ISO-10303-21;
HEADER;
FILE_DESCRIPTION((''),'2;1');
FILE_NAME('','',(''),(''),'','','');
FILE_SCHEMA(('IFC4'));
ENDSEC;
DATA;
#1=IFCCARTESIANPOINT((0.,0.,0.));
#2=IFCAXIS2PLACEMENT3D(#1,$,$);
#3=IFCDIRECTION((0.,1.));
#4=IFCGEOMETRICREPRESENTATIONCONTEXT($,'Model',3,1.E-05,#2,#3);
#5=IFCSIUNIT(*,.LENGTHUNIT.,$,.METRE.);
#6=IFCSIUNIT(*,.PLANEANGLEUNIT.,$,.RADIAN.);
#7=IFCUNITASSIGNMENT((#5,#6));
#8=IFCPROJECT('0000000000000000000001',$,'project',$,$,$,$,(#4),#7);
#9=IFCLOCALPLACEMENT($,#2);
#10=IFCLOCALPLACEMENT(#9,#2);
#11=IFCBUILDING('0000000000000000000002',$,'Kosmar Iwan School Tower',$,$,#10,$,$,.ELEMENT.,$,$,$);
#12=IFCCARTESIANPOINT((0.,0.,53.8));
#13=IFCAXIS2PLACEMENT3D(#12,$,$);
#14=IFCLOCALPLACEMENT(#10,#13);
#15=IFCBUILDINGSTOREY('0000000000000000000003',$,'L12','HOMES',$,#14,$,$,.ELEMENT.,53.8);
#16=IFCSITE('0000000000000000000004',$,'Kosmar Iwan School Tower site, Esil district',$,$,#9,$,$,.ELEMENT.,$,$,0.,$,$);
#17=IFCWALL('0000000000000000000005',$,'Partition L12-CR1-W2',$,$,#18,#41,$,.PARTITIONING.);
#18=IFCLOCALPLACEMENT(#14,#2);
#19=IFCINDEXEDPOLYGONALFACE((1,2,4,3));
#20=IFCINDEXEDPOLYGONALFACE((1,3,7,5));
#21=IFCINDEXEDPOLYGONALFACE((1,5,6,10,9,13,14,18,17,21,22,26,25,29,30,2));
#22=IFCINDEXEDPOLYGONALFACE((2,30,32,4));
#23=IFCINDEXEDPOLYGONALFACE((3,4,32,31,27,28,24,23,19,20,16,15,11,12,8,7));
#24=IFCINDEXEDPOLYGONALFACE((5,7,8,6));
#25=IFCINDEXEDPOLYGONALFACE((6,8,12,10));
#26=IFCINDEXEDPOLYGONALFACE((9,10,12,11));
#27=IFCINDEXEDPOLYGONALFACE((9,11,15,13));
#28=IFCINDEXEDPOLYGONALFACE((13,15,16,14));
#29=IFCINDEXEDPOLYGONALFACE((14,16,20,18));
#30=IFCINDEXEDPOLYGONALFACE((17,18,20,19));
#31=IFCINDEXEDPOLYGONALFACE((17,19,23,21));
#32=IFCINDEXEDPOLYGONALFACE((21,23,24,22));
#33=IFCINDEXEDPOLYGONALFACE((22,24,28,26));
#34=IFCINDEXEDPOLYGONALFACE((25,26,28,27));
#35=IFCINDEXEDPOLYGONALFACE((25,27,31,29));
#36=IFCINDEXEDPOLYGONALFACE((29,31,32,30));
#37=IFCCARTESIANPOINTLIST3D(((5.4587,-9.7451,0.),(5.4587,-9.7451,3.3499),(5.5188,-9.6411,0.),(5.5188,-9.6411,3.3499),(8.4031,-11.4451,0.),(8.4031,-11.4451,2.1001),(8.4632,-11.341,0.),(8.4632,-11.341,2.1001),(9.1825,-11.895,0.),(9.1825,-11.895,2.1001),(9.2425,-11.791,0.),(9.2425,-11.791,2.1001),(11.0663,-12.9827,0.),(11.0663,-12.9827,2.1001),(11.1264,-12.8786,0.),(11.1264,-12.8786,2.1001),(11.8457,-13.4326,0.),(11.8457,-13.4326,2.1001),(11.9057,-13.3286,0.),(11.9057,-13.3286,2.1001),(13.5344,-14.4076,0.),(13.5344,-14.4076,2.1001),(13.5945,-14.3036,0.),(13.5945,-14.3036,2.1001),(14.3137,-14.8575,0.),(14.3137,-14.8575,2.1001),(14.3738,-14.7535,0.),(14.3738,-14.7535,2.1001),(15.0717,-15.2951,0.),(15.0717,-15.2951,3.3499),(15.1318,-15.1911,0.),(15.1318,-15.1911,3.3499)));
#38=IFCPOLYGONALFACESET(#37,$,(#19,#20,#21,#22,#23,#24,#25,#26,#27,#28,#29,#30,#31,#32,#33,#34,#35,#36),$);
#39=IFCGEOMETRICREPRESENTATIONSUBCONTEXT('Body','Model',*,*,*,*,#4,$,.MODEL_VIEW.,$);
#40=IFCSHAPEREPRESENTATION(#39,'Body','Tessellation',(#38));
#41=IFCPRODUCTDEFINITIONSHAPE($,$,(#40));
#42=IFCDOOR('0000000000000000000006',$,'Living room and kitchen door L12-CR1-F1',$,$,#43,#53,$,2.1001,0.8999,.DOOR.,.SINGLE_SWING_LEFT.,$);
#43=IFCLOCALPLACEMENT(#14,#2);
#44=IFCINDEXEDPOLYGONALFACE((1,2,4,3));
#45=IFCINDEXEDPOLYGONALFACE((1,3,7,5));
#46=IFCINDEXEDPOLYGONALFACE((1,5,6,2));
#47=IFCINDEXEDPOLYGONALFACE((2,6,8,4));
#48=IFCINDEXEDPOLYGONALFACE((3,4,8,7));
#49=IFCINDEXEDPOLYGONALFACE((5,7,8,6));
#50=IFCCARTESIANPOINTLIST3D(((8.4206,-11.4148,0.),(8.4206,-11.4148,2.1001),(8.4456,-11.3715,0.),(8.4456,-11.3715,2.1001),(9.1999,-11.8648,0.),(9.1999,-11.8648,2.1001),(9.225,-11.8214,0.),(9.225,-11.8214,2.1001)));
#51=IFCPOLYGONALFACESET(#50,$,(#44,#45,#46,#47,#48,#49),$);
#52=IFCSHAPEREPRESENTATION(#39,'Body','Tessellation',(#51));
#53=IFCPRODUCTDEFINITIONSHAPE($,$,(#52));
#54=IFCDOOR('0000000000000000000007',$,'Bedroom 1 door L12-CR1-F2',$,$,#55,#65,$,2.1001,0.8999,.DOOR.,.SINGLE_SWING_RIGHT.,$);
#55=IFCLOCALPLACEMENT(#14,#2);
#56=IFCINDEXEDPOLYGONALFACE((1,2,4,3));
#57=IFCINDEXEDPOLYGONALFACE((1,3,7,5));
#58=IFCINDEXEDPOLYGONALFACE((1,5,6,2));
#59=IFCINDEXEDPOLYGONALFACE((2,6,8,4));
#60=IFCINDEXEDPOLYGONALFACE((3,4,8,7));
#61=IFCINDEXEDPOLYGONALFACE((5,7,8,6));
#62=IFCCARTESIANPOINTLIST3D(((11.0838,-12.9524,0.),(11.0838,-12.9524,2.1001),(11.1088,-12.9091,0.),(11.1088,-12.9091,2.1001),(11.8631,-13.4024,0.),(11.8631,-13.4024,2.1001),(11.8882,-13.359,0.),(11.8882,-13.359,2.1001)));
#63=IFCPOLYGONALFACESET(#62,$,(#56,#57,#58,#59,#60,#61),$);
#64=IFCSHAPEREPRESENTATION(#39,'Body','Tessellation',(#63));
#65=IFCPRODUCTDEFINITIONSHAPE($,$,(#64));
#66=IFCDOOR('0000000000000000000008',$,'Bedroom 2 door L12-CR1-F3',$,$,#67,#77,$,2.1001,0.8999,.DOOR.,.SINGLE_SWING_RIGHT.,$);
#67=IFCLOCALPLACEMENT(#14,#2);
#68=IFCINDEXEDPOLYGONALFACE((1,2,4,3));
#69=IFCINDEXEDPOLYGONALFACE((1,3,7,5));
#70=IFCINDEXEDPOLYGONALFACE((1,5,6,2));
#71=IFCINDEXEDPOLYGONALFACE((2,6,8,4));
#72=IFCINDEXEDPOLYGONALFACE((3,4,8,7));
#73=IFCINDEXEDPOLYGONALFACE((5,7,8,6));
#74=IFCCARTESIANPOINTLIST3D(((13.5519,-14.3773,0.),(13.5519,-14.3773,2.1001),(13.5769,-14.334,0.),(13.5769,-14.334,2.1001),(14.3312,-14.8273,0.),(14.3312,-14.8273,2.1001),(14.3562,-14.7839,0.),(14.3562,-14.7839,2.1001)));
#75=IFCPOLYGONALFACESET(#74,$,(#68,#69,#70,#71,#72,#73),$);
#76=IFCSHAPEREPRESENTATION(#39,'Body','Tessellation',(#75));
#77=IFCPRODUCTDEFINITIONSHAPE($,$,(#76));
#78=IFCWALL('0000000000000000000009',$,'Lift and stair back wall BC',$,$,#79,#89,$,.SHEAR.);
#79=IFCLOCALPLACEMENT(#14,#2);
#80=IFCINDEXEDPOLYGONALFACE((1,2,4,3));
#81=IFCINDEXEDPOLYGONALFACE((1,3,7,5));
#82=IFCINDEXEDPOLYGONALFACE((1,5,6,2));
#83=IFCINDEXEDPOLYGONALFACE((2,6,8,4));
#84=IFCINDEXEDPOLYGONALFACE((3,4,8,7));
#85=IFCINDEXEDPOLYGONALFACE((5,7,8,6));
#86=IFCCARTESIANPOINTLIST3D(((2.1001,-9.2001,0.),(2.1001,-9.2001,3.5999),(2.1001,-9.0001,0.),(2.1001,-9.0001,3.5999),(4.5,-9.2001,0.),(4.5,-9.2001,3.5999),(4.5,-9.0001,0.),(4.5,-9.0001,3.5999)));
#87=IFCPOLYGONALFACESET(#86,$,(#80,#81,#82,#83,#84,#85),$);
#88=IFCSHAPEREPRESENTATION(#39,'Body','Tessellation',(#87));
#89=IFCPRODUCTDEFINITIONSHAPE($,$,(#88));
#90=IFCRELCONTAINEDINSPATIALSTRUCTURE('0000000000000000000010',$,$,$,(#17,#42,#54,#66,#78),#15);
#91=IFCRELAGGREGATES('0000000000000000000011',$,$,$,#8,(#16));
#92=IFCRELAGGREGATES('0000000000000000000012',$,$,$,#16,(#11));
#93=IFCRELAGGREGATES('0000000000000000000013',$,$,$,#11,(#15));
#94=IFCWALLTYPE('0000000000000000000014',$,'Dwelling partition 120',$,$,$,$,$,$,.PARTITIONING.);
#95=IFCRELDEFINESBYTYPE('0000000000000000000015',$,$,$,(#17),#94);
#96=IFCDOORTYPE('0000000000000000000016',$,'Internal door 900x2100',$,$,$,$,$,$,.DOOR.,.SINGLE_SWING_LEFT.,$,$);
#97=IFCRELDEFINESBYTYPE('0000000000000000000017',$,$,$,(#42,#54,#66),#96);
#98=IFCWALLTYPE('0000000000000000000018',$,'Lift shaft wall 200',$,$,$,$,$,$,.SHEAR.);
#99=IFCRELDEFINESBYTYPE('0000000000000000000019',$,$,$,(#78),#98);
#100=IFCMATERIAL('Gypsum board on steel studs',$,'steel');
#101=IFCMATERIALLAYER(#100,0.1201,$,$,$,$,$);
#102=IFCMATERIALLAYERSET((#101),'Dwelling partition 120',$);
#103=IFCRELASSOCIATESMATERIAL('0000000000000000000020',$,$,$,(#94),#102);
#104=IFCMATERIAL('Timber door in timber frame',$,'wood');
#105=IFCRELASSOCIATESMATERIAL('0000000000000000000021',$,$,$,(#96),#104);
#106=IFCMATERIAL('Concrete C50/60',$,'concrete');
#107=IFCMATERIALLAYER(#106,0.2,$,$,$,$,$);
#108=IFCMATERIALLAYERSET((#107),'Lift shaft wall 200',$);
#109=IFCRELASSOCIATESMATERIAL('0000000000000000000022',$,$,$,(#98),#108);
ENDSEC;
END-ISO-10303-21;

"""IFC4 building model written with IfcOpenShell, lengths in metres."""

from ifc_helpers import new_model, si_unit, direction, frame, frame_2d, origin, place, context, subcontext, project, spatial, rectangle, extrude, material, layer, layer_set, type_object, element, fill, save


model = new_model("IFC4")

# Units and contexts
model_context = context("Model", 3, precision=1e-05, world=origin(), true_north=direction((0.0, 1.0)))
body_context = subcontext(model_context, "Body", "Model", "MODEL_VIEW")
ifc_project = project(units=[si_unit("LENGTHUNIT", "METRE"), si_unit("PLANEANGLEUNIT", "RADIAN")], contexts=[model_context])

# Site, building, storey
site_placement = place(None, origin())
site = spatial("IfcSite", under=ifc_project, at=site_placement, Name="Kosmar Iwan School Tower site, Esil district", CompositionType="ELEMENT", RefElevation=0.0)
building_placement = place(site_placement, origin())
building = spatial("IfcBuilding", under=site, at=building_placement, Name="Kosmar Iwan School Tower", CompositionType="ELEMENT")
storey_placement = place(building_placement, frame((0.0, 0.0, 53.8)))
storey = spatial("IfcBuildingStorey", under=building, at=storey_placement, Name="L12", Description="HOMES", CompositionType="ELEMENT", Elevation=53.8)

# Wall, openings, doors
ifc_material_1 = material(Name="Gypsum board on steel studs", Category="steel")
ifc_layer_1 = layer(ifc_material_1, 0.1201)
ifc_layer_set_1 = layer_set([ifc_layer_1], Name="Dwelling partition 120")
wall_type_1 = type_object("IfcWallType", Name="Dwelling partition 120", PredefinedType="PARTITIONING", material=ifc_layer_set_1)
wall_1_placement = place(storey_placement, frame((5.4888, -9.6931, 0.0), z_axis=(0.0, 0.0, 1.0), x_axis=(0.866027, -0.499997, 0.0)))
wall_1 = element("IfcWall", 1, at=wall_1_placement, inside=storey, type_object=wall_type_1, Name="Partition L12-CR1-W2", PredefinedType="PARTITIONING", context=body_context, shape_type="SweptSolid", body=[
    extrude(rectangle(XDim=11.1001, YDim=0.1201, at=frame_2d((5.55, 0.0))), origin(), (0.0, 0.0, 1.0), 3.3499),
])
opening_1_placement = place(wall_1_placement, frame((3.3999, 0.0, 0.0)))
opening_1 = element("IfcOpeningElement", 2, at=opening_1_placement, cuts=wall_1, PredefinedType="OPENING", context=body_context, shape_type="SweptSolid", body=[
    extrude(rectangle(XDim=0.8999, YDim=2.1001, at=frame_2d((0.45, 1.05))), frame((0.0, 0.072, 0.0), z_axis=(0.0, -1.0, 0.0), x_axis=(1.0, 0.0, 0.0)), (0.0, 0.0, 1.0), 0.144),
])
opening_2_placement = place(wall_1_placement, frame((6.4751, 0.0, 0.0)))
opening_2 = element("IfcOpeningElement", 3, at=opening_2_placement, cuts=wall_1, PredefinedType="OPENING", context=body_context, shape_type="SweptSolid", body=[
    extrude(rectangle(XDim=0.8999, YDim=2.1001, at=frame_2d((0.45, 1.05))), frame((0.0, 0.072, 0.0), z_axis=(0.0, -1.0, 0.0), x_axis=(1.0, 0.0, 0.0)), (0.0, 0.0, 1.0), 0.144),
])
opening_3_placement = place(wall_1_placement, frame((9.325, 0.0, 0.0)))
opening_3 = element("IfcOpeningElement", 4, at=opening_3_placement, cuts=wall_1, PredefinedType="OPENING", context=body_context, shape_type="SweptSolid", body=[
    extrude(rectangle(XDim=0.8999, YDim=2.1001, at=frame_2d((0.45, 1.05))), frame((0.0, 0.072, 0.0), z_axis=(0.0, -1.0, 0.0), x_axis=(1.0, 0.0, 0.0)), (0.0, 0.0, 1.0), 0.144),
])
ifc_material_2 = material(Name="Timber door in timber frame", Category="wood")
door_type = type_object("IfcDoorType", Name="Internal door 900x2100", OperationType="SINGLE_SWING_LEFT", PredefinedType="DOOR", material=ifc_material_2)
door_1_placement = place(opening_1_placement, origin())
door_1 = element("IfcDoor", 5, at=door_1_placement, inside=storey, type_object=door_type, Name="Living room and kitchen door L12-CR1-F1", OperationType="SINGLE_SWING_LEFT", OverallHeight=2.1001, OverallWidth=0.8999, PredefinedType="DOOR", context=body_context, shape_type="SweptSolid", body=[
    extrude(rectangle(XDim=0.8999, YDim=2.1001, at=frame_2d((0.45, 1.05))), frame((0.0, 0.0249, 0.0), z_axis=(0.0, -1.0, 0.0), x_axis=(1.0, 0.0, 0.0)), (0.0, 0.0, 1.0), 0.05),
])
fill(opening_1, door_1)
door_2_placement = place(opening_2_placement, origin())
door_2 = element("IfcDoor", 6, at=door_2_placement, inside=storey, type_object=door_type, Name="Bedroom 1 door L12-CR1-F2", OperationType="SINGLE_SWING_RIGHT", OverallHeight=2.1001, OverallWidth=0.8999, PredefinedType="DOOR", context=body_context, shape_type="SweptSolid", body=[
    extrude(rectangle(XDim=0.8999, YDim=2.1001, at=frame_2d((0.45, 1.05))), frame((0.0, 0.0249, 0.0), z_axis=(0.0, -1.0, 0.0), x_axis=(1.0, 0.0, 0.0)), (0.0, 0.0, 1.0), 0.05),
])
fill(opening_2, door_2)
door_3_placement = place(opening_3_placement, origin())
door_3 = element("IfcDoor", 7, at=door_3_placement, inside=storey, type_object=door_type, Name="Bedroom 2 door L12-CR1-F3", OperationType="SINGLE_SWING_RIGHT", OverallHeight=2.1001, OverallWidth=0.8999, PredefinedType="DOOR", context=body_context, shape_type="SweptSolid", body=[
    extrude(rectangle(XDim=0.8999, YDim=2.1001, at=frame_2d((0.45, 1.05))), frame((0.0, 0.0249, 0.0), z_axis=(0.0, -1.0, 0.0), x_axis=(1.0, 0.0, 0.0)), (0.0, 0.0, 1.0), 0.05),
])
fill(opening_3, door_3)

# Wall
ifc_material_3 = material(Name="Concrete C50/60", Category="concrete")
ifc_layer_2 = layer(ifc_material_3, 0.2)
ifc_layer_set_2 = layer_set([ifc_layer_2], Name="Lift shaft wall 200")
wall_type_2 = type_object("IfcWallType", Name="Lift shaft wall 200", PredefinedType="SHEAR", material=ifc_layer_set_2)
wall_2_placement = place(storey_placement, frame((2.1001, -9.1001, 0.0), z_axis=(0.0, 0.0, 1.0), x_axis=(1.0, 0.0, 0.0)))
element("IfcWall", 8, at=wall_2_placement, inside=storey, type_object=wall_type_2, Name="Lift and stair back wall BC", PredefinedType="SHEAR", context=body_context, shape_type="SweptSolid", body=[
    extrude(rectangle(XDim=2.3999, YDim=0.2, at=frame_2d((1.2, 0.0))), origin(), (0.0, 0.0, 1.0), 3.5999),
])

save(model, "model.ifc")
